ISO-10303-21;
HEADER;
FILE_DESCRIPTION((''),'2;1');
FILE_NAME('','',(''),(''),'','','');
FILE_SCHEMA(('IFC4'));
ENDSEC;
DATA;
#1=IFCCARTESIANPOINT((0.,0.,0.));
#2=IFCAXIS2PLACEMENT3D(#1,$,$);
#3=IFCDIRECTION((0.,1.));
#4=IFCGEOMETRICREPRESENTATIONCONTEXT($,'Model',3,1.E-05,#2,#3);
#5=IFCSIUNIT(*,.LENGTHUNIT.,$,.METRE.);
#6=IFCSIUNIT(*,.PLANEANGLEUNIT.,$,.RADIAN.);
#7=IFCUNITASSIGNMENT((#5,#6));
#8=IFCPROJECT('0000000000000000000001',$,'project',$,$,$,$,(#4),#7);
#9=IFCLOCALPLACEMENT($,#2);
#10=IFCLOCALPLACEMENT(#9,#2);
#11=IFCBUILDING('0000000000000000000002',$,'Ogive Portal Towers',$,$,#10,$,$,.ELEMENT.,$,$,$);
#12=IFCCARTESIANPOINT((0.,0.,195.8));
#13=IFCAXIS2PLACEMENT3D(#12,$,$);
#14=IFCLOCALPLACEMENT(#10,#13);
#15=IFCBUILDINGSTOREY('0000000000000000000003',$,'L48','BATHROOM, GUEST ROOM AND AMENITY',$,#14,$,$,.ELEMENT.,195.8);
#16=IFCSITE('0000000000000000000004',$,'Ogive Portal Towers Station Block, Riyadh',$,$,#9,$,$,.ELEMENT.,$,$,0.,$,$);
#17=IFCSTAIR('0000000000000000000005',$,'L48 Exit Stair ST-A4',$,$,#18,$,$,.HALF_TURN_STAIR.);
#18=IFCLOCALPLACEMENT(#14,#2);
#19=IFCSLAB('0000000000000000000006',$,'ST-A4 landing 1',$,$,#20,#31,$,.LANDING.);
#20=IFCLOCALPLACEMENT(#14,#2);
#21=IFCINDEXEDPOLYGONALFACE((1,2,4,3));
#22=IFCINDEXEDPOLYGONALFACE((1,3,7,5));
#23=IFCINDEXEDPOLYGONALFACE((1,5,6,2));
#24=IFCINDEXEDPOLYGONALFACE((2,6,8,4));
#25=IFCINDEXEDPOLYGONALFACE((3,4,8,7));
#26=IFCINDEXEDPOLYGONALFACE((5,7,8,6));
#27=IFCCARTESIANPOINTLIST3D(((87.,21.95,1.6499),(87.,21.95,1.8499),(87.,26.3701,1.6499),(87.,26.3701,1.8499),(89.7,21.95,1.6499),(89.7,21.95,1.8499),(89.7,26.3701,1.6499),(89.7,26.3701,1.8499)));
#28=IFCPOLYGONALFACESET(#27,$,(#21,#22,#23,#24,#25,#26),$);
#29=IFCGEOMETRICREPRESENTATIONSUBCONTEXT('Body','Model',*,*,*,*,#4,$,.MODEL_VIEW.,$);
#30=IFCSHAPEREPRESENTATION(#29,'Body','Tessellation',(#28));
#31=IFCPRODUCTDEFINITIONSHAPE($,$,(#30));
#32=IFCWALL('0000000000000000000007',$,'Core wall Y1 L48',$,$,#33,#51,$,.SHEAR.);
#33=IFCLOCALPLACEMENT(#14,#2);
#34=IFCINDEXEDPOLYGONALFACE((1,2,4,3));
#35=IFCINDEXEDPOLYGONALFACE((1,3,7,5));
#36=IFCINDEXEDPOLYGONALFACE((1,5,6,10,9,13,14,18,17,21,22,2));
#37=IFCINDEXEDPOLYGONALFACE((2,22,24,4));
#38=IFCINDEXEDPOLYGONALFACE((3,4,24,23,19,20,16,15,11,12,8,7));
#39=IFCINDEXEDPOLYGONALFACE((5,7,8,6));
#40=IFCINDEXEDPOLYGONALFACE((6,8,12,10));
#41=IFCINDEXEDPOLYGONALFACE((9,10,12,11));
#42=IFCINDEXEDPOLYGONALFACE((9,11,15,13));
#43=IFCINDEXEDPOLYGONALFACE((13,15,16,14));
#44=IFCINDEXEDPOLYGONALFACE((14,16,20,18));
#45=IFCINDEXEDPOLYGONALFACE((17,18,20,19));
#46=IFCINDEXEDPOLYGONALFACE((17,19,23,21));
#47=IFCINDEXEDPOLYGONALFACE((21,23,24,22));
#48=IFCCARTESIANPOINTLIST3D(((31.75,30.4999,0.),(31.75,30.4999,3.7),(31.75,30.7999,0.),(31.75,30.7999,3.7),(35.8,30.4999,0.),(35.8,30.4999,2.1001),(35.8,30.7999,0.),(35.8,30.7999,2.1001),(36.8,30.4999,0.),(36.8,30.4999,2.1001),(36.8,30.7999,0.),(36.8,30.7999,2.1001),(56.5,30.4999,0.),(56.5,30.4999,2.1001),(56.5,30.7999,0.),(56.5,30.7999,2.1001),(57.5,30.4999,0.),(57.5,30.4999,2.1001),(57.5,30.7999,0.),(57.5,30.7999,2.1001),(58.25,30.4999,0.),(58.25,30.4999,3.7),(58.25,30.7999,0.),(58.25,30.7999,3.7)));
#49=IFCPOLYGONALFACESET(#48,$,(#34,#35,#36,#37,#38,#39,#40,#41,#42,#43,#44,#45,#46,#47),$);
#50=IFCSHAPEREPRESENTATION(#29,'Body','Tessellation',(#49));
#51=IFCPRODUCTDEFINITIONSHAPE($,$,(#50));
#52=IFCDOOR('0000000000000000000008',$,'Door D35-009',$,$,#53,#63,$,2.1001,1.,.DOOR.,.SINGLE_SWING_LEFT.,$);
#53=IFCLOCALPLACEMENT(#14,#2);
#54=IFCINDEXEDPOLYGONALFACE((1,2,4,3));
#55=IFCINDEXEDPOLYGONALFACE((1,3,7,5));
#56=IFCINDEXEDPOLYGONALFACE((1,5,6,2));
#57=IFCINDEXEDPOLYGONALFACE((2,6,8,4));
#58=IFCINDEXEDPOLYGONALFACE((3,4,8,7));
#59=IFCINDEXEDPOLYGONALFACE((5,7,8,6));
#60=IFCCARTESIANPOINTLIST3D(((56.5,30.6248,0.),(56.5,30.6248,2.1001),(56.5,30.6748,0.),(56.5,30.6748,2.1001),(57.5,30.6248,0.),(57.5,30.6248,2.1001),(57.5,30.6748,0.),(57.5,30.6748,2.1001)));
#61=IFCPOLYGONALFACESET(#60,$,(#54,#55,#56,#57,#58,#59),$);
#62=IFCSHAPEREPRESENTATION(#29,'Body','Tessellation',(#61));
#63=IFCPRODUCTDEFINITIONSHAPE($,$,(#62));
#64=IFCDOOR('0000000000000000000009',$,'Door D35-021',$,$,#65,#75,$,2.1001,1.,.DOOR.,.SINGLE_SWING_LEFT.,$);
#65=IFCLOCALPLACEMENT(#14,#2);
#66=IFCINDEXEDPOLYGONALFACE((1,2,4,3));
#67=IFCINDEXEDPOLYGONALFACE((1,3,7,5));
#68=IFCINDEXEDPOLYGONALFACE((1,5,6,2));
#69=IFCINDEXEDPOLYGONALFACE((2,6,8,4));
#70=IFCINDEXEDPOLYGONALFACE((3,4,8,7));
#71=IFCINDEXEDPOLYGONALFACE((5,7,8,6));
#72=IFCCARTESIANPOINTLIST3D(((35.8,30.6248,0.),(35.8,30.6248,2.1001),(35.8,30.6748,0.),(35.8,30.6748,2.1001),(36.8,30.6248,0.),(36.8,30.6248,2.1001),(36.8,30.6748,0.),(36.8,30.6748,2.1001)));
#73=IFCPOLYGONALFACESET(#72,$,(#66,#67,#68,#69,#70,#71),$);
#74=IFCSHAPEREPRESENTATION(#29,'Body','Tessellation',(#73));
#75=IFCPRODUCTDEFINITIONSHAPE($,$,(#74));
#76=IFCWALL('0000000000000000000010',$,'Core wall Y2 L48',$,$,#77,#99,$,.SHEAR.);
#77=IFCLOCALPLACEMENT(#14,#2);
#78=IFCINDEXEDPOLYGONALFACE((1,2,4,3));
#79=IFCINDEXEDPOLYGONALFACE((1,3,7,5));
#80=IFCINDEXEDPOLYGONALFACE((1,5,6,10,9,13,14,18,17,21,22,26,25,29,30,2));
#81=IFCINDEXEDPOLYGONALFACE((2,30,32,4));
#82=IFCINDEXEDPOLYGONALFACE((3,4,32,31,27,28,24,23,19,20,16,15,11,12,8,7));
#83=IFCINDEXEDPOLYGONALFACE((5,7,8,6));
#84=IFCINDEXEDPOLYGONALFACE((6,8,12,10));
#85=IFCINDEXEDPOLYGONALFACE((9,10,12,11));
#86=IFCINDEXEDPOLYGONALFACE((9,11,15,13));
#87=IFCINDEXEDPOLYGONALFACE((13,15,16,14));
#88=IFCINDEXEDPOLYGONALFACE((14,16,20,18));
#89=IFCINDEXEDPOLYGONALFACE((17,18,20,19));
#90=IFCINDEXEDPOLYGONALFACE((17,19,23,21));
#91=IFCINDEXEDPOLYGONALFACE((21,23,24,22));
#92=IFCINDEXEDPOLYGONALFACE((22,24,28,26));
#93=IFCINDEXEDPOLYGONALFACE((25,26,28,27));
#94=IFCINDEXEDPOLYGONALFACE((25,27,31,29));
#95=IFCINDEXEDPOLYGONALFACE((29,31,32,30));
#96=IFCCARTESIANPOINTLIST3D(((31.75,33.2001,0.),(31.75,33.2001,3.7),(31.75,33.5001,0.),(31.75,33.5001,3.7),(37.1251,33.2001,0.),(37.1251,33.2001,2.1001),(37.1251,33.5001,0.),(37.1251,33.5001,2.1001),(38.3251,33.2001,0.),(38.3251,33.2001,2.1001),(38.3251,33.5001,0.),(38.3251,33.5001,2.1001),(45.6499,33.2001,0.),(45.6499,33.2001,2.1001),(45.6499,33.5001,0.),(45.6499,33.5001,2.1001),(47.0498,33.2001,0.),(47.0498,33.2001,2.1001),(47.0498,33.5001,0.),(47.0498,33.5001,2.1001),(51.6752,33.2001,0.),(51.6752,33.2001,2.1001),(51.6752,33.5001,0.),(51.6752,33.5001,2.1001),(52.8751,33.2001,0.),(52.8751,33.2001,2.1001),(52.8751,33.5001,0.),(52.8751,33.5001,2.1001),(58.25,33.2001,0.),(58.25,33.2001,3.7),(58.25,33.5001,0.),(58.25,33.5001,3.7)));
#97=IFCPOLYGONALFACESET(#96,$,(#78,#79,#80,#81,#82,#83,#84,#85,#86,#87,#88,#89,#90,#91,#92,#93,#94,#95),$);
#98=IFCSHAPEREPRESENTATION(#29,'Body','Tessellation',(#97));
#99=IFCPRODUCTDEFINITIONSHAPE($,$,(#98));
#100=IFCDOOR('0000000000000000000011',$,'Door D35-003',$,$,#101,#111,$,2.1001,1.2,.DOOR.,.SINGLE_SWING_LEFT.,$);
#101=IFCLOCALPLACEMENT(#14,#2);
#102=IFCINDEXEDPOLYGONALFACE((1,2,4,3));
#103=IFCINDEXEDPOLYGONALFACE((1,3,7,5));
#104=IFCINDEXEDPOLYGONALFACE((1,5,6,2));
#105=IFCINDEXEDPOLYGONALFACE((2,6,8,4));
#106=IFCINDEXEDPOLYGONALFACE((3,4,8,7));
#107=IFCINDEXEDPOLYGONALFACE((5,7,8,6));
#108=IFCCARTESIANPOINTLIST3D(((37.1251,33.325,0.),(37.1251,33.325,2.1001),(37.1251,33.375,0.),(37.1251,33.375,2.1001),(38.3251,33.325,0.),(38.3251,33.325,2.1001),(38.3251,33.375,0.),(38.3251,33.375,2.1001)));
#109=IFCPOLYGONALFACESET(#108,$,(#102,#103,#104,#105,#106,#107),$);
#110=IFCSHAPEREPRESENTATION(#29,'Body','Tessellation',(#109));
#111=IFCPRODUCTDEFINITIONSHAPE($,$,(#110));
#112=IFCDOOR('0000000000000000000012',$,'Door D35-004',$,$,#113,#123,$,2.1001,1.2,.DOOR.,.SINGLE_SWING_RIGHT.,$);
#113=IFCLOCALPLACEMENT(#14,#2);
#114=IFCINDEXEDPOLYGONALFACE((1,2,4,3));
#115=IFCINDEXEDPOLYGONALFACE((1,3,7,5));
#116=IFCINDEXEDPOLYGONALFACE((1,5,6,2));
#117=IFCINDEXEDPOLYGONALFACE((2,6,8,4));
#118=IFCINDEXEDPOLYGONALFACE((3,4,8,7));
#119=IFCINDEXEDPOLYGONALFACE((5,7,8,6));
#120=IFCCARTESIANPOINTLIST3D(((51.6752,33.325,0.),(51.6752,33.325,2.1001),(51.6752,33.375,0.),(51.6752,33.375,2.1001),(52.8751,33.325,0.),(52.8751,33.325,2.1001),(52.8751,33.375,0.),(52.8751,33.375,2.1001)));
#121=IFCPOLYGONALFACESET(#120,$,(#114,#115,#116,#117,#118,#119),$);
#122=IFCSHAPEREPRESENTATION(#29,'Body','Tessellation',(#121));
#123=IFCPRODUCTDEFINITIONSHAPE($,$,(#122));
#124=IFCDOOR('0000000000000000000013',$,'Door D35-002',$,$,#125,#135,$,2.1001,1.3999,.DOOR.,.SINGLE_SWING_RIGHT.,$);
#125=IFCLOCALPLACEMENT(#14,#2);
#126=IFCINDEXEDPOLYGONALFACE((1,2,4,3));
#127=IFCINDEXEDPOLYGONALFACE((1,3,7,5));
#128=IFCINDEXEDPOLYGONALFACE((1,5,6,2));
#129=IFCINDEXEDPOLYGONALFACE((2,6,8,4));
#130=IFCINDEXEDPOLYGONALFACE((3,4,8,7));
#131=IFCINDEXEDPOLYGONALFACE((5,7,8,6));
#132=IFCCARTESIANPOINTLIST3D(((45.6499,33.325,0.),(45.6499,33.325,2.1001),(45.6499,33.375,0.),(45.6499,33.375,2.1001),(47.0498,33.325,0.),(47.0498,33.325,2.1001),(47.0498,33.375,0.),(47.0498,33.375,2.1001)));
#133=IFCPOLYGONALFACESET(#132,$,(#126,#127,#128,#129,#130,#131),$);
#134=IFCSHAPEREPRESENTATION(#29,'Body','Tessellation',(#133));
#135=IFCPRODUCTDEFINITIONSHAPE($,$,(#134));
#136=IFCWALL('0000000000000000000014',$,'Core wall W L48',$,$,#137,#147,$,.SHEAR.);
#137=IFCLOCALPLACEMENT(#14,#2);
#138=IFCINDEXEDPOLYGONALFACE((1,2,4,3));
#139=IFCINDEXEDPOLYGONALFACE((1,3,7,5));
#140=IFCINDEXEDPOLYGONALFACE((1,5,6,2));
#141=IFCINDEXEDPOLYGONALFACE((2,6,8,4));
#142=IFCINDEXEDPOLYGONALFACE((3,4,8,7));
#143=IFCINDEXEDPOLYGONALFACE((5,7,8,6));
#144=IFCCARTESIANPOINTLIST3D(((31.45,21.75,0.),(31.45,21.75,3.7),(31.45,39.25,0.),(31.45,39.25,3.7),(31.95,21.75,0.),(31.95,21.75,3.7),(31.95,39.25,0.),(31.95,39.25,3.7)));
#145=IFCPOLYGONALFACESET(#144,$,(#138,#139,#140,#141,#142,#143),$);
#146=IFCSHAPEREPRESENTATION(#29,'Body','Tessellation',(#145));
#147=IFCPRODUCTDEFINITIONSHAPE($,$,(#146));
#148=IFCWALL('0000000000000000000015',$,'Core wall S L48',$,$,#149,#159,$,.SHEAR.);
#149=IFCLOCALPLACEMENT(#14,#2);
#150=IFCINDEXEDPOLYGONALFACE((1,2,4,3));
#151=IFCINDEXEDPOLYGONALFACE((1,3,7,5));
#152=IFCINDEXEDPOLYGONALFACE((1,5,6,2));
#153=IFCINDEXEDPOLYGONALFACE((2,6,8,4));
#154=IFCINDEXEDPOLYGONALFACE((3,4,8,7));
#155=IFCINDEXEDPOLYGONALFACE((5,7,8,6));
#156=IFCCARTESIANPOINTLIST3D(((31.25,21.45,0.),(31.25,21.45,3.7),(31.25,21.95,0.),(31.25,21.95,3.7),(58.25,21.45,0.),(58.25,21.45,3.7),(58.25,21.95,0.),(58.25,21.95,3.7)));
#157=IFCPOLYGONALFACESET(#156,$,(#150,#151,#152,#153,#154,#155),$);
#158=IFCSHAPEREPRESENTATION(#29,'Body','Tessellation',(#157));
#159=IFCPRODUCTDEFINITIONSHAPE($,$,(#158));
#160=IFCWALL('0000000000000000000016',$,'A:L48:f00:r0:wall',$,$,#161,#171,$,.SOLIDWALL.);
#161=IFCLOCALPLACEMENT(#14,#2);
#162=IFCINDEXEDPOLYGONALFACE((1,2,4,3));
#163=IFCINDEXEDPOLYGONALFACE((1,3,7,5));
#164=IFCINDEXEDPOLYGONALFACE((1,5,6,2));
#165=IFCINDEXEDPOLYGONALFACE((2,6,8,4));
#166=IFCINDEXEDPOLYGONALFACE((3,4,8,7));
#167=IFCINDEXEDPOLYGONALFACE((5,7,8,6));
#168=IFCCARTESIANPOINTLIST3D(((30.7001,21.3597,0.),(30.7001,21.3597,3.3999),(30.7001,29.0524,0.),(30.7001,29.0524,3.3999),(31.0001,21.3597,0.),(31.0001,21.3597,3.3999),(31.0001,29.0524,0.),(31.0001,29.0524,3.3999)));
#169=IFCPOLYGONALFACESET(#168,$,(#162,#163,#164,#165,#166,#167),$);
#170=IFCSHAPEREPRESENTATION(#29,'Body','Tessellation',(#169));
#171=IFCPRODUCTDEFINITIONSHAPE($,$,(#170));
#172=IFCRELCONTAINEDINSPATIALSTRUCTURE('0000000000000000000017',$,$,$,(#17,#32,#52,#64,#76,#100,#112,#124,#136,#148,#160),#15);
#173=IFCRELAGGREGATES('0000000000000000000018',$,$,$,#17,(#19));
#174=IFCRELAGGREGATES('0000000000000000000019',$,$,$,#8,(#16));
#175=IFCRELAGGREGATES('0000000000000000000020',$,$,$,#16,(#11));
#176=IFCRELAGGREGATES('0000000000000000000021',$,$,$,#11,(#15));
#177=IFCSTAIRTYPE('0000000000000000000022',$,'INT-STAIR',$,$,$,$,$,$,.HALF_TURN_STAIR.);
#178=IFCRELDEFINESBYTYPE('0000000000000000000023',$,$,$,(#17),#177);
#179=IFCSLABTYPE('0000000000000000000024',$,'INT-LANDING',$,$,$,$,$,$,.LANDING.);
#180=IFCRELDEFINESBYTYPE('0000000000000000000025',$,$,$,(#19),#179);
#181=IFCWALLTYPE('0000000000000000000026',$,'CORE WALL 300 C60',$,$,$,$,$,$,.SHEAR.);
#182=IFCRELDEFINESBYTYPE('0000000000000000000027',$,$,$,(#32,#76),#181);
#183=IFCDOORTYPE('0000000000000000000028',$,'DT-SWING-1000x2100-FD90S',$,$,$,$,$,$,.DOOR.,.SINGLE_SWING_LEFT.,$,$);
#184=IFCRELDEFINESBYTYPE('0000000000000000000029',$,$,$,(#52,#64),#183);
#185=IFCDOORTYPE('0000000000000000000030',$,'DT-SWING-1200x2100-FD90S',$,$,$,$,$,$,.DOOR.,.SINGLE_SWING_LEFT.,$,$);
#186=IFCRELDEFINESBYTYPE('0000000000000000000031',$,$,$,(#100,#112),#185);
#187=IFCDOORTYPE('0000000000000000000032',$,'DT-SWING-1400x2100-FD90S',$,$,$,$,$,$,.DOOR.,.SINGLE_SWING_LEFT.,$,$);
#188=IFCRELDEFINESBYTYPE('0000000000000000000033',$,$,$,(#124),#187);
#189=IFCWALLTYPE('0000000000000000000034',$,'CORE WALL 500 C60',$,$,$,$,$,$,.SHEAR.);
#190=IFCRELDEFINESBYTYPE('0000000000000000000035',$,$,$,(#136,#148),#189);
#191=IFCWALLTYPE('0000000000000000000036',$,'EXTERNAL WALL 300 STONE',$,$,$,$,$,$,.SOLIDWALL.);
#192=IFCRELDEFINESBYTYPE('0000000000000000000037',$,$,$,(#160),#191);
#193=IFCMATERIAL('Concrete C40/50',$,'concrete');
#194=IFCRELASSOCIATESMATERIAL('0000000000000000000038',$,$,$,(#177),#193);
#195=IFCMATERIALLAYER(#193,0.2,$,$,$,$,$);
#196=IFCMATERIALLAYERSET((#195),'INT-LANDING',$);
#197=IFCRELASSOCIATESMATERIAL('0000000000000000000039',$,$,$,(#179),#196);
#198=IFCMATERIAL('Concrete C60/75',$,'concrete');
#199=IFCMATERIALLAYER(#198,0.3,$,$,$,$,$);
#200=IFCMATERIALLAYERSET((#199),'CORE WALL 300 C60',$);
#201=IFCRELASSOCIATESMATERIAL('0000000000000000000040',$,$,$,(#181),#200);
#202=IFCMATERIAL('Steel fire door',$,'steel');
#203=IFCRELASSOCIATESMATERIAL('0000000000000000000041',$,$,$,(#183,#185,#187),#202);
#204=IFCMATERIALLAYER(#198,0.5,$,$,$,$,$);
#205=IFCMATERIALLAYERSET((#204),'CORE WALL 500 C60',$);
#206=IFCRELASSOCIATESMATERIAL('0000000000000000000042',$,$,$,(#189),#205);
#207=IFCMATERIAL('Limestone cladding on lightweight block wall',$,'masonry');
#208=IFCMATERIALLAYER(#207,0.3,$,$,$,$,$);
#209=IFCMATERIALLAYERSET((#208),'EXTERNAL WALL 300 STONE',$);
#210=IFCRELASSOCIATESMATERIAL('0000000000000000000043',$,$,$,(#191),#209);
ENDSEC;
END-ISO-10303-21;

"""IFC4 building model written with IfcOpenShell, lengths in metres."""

from ifc_helpers import new_model, si_unit, direction, frame, frame_2d, origin, place, context, subcontext, project, spatial, polyline, rectangle, outline, extrude, material, layer, layer_set, type_object, element, fill, aggregate, save


model = new_model("IFC4")

# Units and contexts
model_context = context("Model", 3, precision=1e-05, world=origin(), true_north=direction((0.0, 1.0)))
body_context = subcontext(model_context, "Body", "Model", "MODEL_VIEW")
ifc_project = project(units=[si_unit("LENGTHUNIT", "METRE"), si_unit("PLANEANGLEUNIT", "RADIAN")], contexts=[model_context])

# Site, building, storey
site_placement = place(None, origin())
site = spatial("IfcSite", under=ifc_project, at=site_placement, Name="Ogive Portal Towers Station Block, Riyadh", CompositionType="ELEMENT", RefElevation=0.0)
building_placement = place(site_placement, origin())
building = spatial("IfcBuilding", under=site, at=building_placement, Name="Ogive Portal Towers", CompositionType="ELEMENT")
storey_placement = place(building_placement, frame((0.0, 0.0, 195.8)))
storey = spatial("IfcBuildingStorey", under=building, at=storey_placement, Name="L48", Description="BATHROOM, GUEST ROOM AND AMENITY", CompositionType="ELEMENT", Elevation=195.8)

# Stair, slab
ifc_material_1 = material(Name="Concrete C40/50", Category="concrete")
stair_type = type_object("IfcStairType", Name="INT-STAIR", PredefinedType="HALF_TURN_STAIR", material=ifc_material_1)
stair_placement = place(storey_placement, origin())
stair = element("IfcStair", 1, at=stair_placement, inside=storey, type_object=stair_type, Name="L48 Exit Stair ST-A4", PredefinedType="HALF_TURN_STAIR")
ifc_layer_1 = layer(ifc_material_1, 0.2)
ifc_layer_set_1 = layer_set([ifc_layer_1], Name="INT-LANDING")
slab_type = type_object("IfcSlabType", Name="INT-LANDING", PredefinedType="LANDING", material=ifc_layer_set_1)
slab_placement = place(storey_placement, frame((0.0, 0.0, 1.6499)))
slab = element("IfcSlab", 2, at=slab_placement, type_object=slab_type, Name="ST-A4 landing 1", PredefinedType="LANDING", context=body_context, shape_type="SweptSolid", body=[
    extrude(outline(polyline([(87.0, 26.3701), (87.0, 21.95), (89.7, 21.95), (89.7, 26.3701), (87.0, 26.3701)])), origin(), (0.0, 0.0, 1.0), 0.2),
])
aggregate(stair, [slab])

# Walls, openings, doors
ifc_material_2 = material(Name="Concrete C60/75", Category="concrete")
ifc_layer_2 = layer(ifc_material_2, 0.3)
ifc_layer_set_2 = layer_set([ifc_layer_2], Name="CORE WALL 300 C60")
wall_type_1 = type_object("IfcWallType", Name="CORE WALL 300 C60", PredefinedType="SHEAR", material=ifc_layer_set_2)
wall_1_placement = place(storey_placement, frame((31.75, 30.6499, 0.0), z_axis=(0.0, 0.0, 1.0), x_axis=(1.0, 0.0, 0.0)))
wall_1 = element("IfcWall", 3, at=wall_1_placement, inside=storey, type_object=wall_type_1, Name="Core wall Y1 L48", PredefinedType="SHEAR", context=body_context, shape_type="SweptSolid", body=[
    extrude(rectangle(XDim=26.5, YDim=0.3, at=frame_2d((13.25, 0.0))), origin(), (0.0, 0.0, 1.0), 3.7),
])
opening_1_placement = place(wall_1_placement, frame((24.75, 0.0, 0.0)))
opening_1 = element("IfcOpeningElement", 4, at=opening_1_placement, cuts=wall_1, PredefinedType="OPENING", context=body_context, shape_type="SweptSolid", body=[
    extrude(rectangle(XDim=1.0, YDim=2.1001, at=frame_2d((0.5, 1.05))), frame((0.0, 0.1602, 0.0), z_axis=(0.0, -1.0, 0.0), x_axis=(1.0, 0.0, 0.0)), (0.0, 0.0, 1.0), 0.3201),
])
opening_2_placement = place(wall_1_placement, frame((4.05, 0.0, 0.0)))
opening_2 = element("IfcOpeningElement", 5, at=opening_2_placement, cuts=wall_1, PredefinedType="OPENING", context=body_context, shape_type="SweptSolid", body=[
    extrude(rectangle(XDim=1.0, YDim=2.1001, at=frame_2d((0.5, 1.05))), frame((0.0, 0.1602, 0.0), z_axis=(0.0, -1.0, 0.0), x_axis=(1.0, 0.0, 0.0)), (0.0, 0.0, 1.0), 0.3201),
])
ifc_material_3 = material(Name="Steel fire door", Category="steel")
door_type_1 = type_object("IfcDoorType", Name="DT-SWING-1000x2100-FD90S", OperationType="SINGLE_SWING_LEFT", PredefinedType="DOOR", material=ifc_material_3)
door_1_placement = place(opening_1_placement, origin())
door_1 = element("IfcDoor", 6, at=door_1_placement, inside=storey, type_object=door_type_1, Name="Door D35-009", OperationType="SINGLE_SWING_LEFT", OverallHeight=2.1001, OverallWidth=1.0, PredefinedType="DOOR", context=body_context, shape_type="SweptSolid", body=[
    extrude(rectangle(XDim=1.0, YDim=2.1001, at=frame_2d((0.5, 1.05))), frame((0.0, 0.0249, 0.0), z_axis=(0.0, -1.0, 0.0), x_axis=(1.0, 0.0, 0.0)), (0.0, 0.0, 1.0), 0.05),
])
fill(opening_1, door_1)
door_2_placement = place(opening_2_placement, origin())
door_2 = element("IfcDoor", 7, at=door_2_placement, inside=storey, type_object=door_type_1, Name="Door D35-021", OperationType="SINGLE_SWING_LEFT", OverallHeight=2.1001, OverallWidth=1.0, PredefinedType="DOOR", context=body_context, shape_type="SweptSolid", body=[
    extrude(rectangle(XDim=1.0, YDim=2.1001, at=frame_2d((0.5, 1.05))), frame((0.0, 0.0249, 0.0), z_axis=(0.0, -1.0, 0.0), x_axis=(1.0, 0.0, 0.0)), (0.0, 0.0, 1.0), 0.05),
])
fill(opening_2, door_2)
wall_2_placement = place(storey_placement, frame((31.75, 33.3501, 0.0), z_axis=(0.0, 0.0, 1.0), x_axis=(1.0, 0.0, 0.0)))
wall_2 = element("IfcWall", 8, at=wall_2_placement, inside=storey, type_object=wall_type_1, Name="Core wall Y2 L48", PredefinedType="SHEAR", context=body_context, shape_type="SweptSolid", body=[
    extrude(rectangle(XDim=26.5, YDim=0.3, at=frame_2d((13.25, 0.0))), origin(), (0.0, 0.0, 1.0), 3.7),
])
opening_3_placement = place(wall_2_placement, frame((13.8999, 0.0, 0.0)))
opening_3 = element("IfcOpeningElement", 9, at=opening_3_placement, cuts=wall_2, PredefinedType="OPENING", context=body_context, shape_type="SweptSolid", body=[
    extrude(rectangle(XDim=1.3999, YDim=2.1001, at=frame_2d((0.7, 1.05))), frame((0.0, 0.1602, 0.0), z_axis=(0.0, -1.0, 0.0), x_axis=(1.0, 0.0, 0.0)), (0.0, 0.0, 1.0), 0.3201),
])
opening_4_placement = place(wall_2_placement, frame((5.375, 0.0, 0.0)))
opening_4 = element("IfcOpeningElement", 10, at=opening_4_placement, cuts=wall_2, PredefinedType="OPENING", context=body_context, shape_type="SweptSolid", body=[
    extrude(rectangle(XDim=1.2, YDim=2.1001, at=frame_2d((0.6001, 1.05))), frame((0.0, 0.1602, 0.0), z_axis=(0.0, -1.0, 0.0), x_axis=(1.0, 0.0, 0.0)), (0.0, 0.0, 1.0), 0.3201),
])
opening_5_placement = place(wall_2_placement, frame((19.925, 0.0, 0.0)))
opening_5 = element("IfcOpeningElement", 11, at=opening_5_placement, cuts=wall_2, PredefinedType="OPENING", context=body_context, shape_type="SweptSolid", body=[
    extrude(rectangle(XDim=1.2, YDim=2.1001, at=frame_2d((0.6001, 1.05))), frame((0.0, 0.1602, 0.0), z_axis=(0.0, -1.0, 0.0), x_axis=(1.0, 0.0, 0.0)), (0.0, 0.0, 1.0), 0.3201),
])
door_type_2 = type_object("IfcDoorType", Name="DT-SWING-1200x2100-FD90S", OperationType="SINGLE_SWING_LEFT", PredefinedType="DOOR", material=ifc_material_3)
door_3_placement = place(opening_4_placement, origin())
door_3 = element("IfcDoor", 12, at=door_3_placement, inside=storey, type_object=door_type_2, Name="Door D35-003", OperationType="SINGLE_SWING_LEFT", OverallHeight=2.1001, OverallWidth=1.2, PredefinedType="DOOR", context=body_context, shape_type="SweptSolid", body=[
    extrude(rectangle(XDim=1.2, YDim=2.1001, at=frame_2d((0.6001, 1.05))), frame((0.0, 0.0249, 0.0), z_axis=(0.0, -1.0, 0.0), x_axis=(1.0, 0.0, 0.0)), (0.0, 0.0, 1.0), 0.05),
])
fill(opening_4, door_3)
door_4_placement = place(opening_5_placement, origin())
door_4 = element("IfcDoor", 13, at=door_4_placement, inside=storey, type_object=door_type_2, Name="Door D35-004", OperationType="SINGLE_SWING_RIGHT", OverallHeight=2.1001, OverallWidth=1.2, PredefinedType="DOOR", context=body_context, shape_type="SweptSolid", body=[
    extrude(rectangle(XDim=1.2, YDim=2.1001, at=frame_2d((0.6001, 1.05))), frame((0.0, 0.0249, 0.0), z_axis=(0.0, -1.0, 0.0), x_axis=(1.0, 0.0, 0.0)), (0.0, 0.0, 1.0), 0.05),
])
fill(opening_5, door_4)
door_type_3 = type_object("IfcDoorType", Name="DT-SWING-1400x2100-FD90S", OperationType="SINGLE_SWING_LEFT", PredefinedType="DOOR", material=ifc_material_3)
door_5_placement = place(opening_3_placement, origin())
door_5 = element("IfcDoor", 14, at=door_5_placement, inside=storey, type_object=door_type_3, Name="Door D35-002", OperationType="SINGLE_SWING_RIGHT", OverallHeight=2.1001, OverallWidth=1.3999, PredefinedType="DOOR", context=body_context, shape_type="SweptSolid", body=[
    extrude(rectangle(XDim=1.3999, YDim=2.1001, at=frame_2d((0.7, 1.05))), frame((0.0, 0.0249, 0.0), z_axis=(0.0, -1.0, 0.0), x_axis=(1.0, 0.0, 0.0)), (0.0, 0.0, 1.0), 0.05),
])
fill(opening_3, door_5)

# Walls
ifc_layer_3 = layer(ifc_material_2, 0.5)
ifc_layer_set_3 = layer_set([ifc_layer_3], Name="CORE WALL 500 C60")
wall_type_2 = type_object("IfcWallType", Name="CORE WALL 500 C60", PredefinedType="SHEAR", material=ifc_layer_set_3)
wall_3_placement = place(storey_placement, frame((31.7, 21.75, 0.0), z_axis=(0.0, 0.0, 1.0), x_axis=(0.0, 1.0, 0.0)))
element("IfcWall", 15, at=wall_3_placement, inside=storey, type_object=wall_type_2, Name="Core wall W L48", PredefinedType="SHEAR", context=body_context, shape_type="SweptSolid", body=[
    extrude(rectangle(XDim=17.5, YDim=0.5, at=frame_2d((8.75, 0.0))), origin(), (0.0, 0.0, 1.0), 3.7),
])
wall_4_placement = place(storey_placement, frame((31.25, 21.7, 0.0), z_axis=(0.0, 0.0, 1.0), x_axis=(1.0, 0.0, 0.0)))
element("IfcWall", 16, at=wall_4_placement, inside=storey, type_object=wall_type_2, Name="Core wall S L48", PredefinedType="SHEAR", context=body_context, shape_type="SweptSolid", body=[
    extrude(rectangle(XDim=27.0, YDim=0.5, at=frame_2d((13.5, 0.0))), origin(), (0.0, 0.0, 1.0), 3.7),
])
ifc_material_4 = material(Name="Limestone cladding on lightweight block wall", Category="masonry")
ifc_layer_4 = layer(ifc_material_4, 0.3)
ifc_layer_set_4 = layer_set([ifc_layer_4], Name="EXTERNAL WALL 300 STONE")
wall_type_3 = type_object("IfcWallType", Name="EXTERNAL WALL 300 STONE", PredefinedType="SOLIDWALL", material=ifc_layer_set_4)
wall_5_placement = place(storey_placement, frame((30.8501, 29.0522, 0.0), z_axis=(0.0, 0.0, 1.0), x_axis=(0.0, -1.0, 0.0)))
element("IfcWall", 17, at=wall_5_placement, inside=storey, type_object=wall_type_3, Name="A:L48:f00:r0:wall", PredefinedType="SOLIDWALL", context=body_context, shape_type="SweptSolid", body=[
    extrude(rectangle(XDim=7.6926, YDim=0.3, at=frame_2d((3.8462, 0.0))), origin(), (0.0, 0.0, 1.0), 3.3999),
])

save(model, "model.ifc")
